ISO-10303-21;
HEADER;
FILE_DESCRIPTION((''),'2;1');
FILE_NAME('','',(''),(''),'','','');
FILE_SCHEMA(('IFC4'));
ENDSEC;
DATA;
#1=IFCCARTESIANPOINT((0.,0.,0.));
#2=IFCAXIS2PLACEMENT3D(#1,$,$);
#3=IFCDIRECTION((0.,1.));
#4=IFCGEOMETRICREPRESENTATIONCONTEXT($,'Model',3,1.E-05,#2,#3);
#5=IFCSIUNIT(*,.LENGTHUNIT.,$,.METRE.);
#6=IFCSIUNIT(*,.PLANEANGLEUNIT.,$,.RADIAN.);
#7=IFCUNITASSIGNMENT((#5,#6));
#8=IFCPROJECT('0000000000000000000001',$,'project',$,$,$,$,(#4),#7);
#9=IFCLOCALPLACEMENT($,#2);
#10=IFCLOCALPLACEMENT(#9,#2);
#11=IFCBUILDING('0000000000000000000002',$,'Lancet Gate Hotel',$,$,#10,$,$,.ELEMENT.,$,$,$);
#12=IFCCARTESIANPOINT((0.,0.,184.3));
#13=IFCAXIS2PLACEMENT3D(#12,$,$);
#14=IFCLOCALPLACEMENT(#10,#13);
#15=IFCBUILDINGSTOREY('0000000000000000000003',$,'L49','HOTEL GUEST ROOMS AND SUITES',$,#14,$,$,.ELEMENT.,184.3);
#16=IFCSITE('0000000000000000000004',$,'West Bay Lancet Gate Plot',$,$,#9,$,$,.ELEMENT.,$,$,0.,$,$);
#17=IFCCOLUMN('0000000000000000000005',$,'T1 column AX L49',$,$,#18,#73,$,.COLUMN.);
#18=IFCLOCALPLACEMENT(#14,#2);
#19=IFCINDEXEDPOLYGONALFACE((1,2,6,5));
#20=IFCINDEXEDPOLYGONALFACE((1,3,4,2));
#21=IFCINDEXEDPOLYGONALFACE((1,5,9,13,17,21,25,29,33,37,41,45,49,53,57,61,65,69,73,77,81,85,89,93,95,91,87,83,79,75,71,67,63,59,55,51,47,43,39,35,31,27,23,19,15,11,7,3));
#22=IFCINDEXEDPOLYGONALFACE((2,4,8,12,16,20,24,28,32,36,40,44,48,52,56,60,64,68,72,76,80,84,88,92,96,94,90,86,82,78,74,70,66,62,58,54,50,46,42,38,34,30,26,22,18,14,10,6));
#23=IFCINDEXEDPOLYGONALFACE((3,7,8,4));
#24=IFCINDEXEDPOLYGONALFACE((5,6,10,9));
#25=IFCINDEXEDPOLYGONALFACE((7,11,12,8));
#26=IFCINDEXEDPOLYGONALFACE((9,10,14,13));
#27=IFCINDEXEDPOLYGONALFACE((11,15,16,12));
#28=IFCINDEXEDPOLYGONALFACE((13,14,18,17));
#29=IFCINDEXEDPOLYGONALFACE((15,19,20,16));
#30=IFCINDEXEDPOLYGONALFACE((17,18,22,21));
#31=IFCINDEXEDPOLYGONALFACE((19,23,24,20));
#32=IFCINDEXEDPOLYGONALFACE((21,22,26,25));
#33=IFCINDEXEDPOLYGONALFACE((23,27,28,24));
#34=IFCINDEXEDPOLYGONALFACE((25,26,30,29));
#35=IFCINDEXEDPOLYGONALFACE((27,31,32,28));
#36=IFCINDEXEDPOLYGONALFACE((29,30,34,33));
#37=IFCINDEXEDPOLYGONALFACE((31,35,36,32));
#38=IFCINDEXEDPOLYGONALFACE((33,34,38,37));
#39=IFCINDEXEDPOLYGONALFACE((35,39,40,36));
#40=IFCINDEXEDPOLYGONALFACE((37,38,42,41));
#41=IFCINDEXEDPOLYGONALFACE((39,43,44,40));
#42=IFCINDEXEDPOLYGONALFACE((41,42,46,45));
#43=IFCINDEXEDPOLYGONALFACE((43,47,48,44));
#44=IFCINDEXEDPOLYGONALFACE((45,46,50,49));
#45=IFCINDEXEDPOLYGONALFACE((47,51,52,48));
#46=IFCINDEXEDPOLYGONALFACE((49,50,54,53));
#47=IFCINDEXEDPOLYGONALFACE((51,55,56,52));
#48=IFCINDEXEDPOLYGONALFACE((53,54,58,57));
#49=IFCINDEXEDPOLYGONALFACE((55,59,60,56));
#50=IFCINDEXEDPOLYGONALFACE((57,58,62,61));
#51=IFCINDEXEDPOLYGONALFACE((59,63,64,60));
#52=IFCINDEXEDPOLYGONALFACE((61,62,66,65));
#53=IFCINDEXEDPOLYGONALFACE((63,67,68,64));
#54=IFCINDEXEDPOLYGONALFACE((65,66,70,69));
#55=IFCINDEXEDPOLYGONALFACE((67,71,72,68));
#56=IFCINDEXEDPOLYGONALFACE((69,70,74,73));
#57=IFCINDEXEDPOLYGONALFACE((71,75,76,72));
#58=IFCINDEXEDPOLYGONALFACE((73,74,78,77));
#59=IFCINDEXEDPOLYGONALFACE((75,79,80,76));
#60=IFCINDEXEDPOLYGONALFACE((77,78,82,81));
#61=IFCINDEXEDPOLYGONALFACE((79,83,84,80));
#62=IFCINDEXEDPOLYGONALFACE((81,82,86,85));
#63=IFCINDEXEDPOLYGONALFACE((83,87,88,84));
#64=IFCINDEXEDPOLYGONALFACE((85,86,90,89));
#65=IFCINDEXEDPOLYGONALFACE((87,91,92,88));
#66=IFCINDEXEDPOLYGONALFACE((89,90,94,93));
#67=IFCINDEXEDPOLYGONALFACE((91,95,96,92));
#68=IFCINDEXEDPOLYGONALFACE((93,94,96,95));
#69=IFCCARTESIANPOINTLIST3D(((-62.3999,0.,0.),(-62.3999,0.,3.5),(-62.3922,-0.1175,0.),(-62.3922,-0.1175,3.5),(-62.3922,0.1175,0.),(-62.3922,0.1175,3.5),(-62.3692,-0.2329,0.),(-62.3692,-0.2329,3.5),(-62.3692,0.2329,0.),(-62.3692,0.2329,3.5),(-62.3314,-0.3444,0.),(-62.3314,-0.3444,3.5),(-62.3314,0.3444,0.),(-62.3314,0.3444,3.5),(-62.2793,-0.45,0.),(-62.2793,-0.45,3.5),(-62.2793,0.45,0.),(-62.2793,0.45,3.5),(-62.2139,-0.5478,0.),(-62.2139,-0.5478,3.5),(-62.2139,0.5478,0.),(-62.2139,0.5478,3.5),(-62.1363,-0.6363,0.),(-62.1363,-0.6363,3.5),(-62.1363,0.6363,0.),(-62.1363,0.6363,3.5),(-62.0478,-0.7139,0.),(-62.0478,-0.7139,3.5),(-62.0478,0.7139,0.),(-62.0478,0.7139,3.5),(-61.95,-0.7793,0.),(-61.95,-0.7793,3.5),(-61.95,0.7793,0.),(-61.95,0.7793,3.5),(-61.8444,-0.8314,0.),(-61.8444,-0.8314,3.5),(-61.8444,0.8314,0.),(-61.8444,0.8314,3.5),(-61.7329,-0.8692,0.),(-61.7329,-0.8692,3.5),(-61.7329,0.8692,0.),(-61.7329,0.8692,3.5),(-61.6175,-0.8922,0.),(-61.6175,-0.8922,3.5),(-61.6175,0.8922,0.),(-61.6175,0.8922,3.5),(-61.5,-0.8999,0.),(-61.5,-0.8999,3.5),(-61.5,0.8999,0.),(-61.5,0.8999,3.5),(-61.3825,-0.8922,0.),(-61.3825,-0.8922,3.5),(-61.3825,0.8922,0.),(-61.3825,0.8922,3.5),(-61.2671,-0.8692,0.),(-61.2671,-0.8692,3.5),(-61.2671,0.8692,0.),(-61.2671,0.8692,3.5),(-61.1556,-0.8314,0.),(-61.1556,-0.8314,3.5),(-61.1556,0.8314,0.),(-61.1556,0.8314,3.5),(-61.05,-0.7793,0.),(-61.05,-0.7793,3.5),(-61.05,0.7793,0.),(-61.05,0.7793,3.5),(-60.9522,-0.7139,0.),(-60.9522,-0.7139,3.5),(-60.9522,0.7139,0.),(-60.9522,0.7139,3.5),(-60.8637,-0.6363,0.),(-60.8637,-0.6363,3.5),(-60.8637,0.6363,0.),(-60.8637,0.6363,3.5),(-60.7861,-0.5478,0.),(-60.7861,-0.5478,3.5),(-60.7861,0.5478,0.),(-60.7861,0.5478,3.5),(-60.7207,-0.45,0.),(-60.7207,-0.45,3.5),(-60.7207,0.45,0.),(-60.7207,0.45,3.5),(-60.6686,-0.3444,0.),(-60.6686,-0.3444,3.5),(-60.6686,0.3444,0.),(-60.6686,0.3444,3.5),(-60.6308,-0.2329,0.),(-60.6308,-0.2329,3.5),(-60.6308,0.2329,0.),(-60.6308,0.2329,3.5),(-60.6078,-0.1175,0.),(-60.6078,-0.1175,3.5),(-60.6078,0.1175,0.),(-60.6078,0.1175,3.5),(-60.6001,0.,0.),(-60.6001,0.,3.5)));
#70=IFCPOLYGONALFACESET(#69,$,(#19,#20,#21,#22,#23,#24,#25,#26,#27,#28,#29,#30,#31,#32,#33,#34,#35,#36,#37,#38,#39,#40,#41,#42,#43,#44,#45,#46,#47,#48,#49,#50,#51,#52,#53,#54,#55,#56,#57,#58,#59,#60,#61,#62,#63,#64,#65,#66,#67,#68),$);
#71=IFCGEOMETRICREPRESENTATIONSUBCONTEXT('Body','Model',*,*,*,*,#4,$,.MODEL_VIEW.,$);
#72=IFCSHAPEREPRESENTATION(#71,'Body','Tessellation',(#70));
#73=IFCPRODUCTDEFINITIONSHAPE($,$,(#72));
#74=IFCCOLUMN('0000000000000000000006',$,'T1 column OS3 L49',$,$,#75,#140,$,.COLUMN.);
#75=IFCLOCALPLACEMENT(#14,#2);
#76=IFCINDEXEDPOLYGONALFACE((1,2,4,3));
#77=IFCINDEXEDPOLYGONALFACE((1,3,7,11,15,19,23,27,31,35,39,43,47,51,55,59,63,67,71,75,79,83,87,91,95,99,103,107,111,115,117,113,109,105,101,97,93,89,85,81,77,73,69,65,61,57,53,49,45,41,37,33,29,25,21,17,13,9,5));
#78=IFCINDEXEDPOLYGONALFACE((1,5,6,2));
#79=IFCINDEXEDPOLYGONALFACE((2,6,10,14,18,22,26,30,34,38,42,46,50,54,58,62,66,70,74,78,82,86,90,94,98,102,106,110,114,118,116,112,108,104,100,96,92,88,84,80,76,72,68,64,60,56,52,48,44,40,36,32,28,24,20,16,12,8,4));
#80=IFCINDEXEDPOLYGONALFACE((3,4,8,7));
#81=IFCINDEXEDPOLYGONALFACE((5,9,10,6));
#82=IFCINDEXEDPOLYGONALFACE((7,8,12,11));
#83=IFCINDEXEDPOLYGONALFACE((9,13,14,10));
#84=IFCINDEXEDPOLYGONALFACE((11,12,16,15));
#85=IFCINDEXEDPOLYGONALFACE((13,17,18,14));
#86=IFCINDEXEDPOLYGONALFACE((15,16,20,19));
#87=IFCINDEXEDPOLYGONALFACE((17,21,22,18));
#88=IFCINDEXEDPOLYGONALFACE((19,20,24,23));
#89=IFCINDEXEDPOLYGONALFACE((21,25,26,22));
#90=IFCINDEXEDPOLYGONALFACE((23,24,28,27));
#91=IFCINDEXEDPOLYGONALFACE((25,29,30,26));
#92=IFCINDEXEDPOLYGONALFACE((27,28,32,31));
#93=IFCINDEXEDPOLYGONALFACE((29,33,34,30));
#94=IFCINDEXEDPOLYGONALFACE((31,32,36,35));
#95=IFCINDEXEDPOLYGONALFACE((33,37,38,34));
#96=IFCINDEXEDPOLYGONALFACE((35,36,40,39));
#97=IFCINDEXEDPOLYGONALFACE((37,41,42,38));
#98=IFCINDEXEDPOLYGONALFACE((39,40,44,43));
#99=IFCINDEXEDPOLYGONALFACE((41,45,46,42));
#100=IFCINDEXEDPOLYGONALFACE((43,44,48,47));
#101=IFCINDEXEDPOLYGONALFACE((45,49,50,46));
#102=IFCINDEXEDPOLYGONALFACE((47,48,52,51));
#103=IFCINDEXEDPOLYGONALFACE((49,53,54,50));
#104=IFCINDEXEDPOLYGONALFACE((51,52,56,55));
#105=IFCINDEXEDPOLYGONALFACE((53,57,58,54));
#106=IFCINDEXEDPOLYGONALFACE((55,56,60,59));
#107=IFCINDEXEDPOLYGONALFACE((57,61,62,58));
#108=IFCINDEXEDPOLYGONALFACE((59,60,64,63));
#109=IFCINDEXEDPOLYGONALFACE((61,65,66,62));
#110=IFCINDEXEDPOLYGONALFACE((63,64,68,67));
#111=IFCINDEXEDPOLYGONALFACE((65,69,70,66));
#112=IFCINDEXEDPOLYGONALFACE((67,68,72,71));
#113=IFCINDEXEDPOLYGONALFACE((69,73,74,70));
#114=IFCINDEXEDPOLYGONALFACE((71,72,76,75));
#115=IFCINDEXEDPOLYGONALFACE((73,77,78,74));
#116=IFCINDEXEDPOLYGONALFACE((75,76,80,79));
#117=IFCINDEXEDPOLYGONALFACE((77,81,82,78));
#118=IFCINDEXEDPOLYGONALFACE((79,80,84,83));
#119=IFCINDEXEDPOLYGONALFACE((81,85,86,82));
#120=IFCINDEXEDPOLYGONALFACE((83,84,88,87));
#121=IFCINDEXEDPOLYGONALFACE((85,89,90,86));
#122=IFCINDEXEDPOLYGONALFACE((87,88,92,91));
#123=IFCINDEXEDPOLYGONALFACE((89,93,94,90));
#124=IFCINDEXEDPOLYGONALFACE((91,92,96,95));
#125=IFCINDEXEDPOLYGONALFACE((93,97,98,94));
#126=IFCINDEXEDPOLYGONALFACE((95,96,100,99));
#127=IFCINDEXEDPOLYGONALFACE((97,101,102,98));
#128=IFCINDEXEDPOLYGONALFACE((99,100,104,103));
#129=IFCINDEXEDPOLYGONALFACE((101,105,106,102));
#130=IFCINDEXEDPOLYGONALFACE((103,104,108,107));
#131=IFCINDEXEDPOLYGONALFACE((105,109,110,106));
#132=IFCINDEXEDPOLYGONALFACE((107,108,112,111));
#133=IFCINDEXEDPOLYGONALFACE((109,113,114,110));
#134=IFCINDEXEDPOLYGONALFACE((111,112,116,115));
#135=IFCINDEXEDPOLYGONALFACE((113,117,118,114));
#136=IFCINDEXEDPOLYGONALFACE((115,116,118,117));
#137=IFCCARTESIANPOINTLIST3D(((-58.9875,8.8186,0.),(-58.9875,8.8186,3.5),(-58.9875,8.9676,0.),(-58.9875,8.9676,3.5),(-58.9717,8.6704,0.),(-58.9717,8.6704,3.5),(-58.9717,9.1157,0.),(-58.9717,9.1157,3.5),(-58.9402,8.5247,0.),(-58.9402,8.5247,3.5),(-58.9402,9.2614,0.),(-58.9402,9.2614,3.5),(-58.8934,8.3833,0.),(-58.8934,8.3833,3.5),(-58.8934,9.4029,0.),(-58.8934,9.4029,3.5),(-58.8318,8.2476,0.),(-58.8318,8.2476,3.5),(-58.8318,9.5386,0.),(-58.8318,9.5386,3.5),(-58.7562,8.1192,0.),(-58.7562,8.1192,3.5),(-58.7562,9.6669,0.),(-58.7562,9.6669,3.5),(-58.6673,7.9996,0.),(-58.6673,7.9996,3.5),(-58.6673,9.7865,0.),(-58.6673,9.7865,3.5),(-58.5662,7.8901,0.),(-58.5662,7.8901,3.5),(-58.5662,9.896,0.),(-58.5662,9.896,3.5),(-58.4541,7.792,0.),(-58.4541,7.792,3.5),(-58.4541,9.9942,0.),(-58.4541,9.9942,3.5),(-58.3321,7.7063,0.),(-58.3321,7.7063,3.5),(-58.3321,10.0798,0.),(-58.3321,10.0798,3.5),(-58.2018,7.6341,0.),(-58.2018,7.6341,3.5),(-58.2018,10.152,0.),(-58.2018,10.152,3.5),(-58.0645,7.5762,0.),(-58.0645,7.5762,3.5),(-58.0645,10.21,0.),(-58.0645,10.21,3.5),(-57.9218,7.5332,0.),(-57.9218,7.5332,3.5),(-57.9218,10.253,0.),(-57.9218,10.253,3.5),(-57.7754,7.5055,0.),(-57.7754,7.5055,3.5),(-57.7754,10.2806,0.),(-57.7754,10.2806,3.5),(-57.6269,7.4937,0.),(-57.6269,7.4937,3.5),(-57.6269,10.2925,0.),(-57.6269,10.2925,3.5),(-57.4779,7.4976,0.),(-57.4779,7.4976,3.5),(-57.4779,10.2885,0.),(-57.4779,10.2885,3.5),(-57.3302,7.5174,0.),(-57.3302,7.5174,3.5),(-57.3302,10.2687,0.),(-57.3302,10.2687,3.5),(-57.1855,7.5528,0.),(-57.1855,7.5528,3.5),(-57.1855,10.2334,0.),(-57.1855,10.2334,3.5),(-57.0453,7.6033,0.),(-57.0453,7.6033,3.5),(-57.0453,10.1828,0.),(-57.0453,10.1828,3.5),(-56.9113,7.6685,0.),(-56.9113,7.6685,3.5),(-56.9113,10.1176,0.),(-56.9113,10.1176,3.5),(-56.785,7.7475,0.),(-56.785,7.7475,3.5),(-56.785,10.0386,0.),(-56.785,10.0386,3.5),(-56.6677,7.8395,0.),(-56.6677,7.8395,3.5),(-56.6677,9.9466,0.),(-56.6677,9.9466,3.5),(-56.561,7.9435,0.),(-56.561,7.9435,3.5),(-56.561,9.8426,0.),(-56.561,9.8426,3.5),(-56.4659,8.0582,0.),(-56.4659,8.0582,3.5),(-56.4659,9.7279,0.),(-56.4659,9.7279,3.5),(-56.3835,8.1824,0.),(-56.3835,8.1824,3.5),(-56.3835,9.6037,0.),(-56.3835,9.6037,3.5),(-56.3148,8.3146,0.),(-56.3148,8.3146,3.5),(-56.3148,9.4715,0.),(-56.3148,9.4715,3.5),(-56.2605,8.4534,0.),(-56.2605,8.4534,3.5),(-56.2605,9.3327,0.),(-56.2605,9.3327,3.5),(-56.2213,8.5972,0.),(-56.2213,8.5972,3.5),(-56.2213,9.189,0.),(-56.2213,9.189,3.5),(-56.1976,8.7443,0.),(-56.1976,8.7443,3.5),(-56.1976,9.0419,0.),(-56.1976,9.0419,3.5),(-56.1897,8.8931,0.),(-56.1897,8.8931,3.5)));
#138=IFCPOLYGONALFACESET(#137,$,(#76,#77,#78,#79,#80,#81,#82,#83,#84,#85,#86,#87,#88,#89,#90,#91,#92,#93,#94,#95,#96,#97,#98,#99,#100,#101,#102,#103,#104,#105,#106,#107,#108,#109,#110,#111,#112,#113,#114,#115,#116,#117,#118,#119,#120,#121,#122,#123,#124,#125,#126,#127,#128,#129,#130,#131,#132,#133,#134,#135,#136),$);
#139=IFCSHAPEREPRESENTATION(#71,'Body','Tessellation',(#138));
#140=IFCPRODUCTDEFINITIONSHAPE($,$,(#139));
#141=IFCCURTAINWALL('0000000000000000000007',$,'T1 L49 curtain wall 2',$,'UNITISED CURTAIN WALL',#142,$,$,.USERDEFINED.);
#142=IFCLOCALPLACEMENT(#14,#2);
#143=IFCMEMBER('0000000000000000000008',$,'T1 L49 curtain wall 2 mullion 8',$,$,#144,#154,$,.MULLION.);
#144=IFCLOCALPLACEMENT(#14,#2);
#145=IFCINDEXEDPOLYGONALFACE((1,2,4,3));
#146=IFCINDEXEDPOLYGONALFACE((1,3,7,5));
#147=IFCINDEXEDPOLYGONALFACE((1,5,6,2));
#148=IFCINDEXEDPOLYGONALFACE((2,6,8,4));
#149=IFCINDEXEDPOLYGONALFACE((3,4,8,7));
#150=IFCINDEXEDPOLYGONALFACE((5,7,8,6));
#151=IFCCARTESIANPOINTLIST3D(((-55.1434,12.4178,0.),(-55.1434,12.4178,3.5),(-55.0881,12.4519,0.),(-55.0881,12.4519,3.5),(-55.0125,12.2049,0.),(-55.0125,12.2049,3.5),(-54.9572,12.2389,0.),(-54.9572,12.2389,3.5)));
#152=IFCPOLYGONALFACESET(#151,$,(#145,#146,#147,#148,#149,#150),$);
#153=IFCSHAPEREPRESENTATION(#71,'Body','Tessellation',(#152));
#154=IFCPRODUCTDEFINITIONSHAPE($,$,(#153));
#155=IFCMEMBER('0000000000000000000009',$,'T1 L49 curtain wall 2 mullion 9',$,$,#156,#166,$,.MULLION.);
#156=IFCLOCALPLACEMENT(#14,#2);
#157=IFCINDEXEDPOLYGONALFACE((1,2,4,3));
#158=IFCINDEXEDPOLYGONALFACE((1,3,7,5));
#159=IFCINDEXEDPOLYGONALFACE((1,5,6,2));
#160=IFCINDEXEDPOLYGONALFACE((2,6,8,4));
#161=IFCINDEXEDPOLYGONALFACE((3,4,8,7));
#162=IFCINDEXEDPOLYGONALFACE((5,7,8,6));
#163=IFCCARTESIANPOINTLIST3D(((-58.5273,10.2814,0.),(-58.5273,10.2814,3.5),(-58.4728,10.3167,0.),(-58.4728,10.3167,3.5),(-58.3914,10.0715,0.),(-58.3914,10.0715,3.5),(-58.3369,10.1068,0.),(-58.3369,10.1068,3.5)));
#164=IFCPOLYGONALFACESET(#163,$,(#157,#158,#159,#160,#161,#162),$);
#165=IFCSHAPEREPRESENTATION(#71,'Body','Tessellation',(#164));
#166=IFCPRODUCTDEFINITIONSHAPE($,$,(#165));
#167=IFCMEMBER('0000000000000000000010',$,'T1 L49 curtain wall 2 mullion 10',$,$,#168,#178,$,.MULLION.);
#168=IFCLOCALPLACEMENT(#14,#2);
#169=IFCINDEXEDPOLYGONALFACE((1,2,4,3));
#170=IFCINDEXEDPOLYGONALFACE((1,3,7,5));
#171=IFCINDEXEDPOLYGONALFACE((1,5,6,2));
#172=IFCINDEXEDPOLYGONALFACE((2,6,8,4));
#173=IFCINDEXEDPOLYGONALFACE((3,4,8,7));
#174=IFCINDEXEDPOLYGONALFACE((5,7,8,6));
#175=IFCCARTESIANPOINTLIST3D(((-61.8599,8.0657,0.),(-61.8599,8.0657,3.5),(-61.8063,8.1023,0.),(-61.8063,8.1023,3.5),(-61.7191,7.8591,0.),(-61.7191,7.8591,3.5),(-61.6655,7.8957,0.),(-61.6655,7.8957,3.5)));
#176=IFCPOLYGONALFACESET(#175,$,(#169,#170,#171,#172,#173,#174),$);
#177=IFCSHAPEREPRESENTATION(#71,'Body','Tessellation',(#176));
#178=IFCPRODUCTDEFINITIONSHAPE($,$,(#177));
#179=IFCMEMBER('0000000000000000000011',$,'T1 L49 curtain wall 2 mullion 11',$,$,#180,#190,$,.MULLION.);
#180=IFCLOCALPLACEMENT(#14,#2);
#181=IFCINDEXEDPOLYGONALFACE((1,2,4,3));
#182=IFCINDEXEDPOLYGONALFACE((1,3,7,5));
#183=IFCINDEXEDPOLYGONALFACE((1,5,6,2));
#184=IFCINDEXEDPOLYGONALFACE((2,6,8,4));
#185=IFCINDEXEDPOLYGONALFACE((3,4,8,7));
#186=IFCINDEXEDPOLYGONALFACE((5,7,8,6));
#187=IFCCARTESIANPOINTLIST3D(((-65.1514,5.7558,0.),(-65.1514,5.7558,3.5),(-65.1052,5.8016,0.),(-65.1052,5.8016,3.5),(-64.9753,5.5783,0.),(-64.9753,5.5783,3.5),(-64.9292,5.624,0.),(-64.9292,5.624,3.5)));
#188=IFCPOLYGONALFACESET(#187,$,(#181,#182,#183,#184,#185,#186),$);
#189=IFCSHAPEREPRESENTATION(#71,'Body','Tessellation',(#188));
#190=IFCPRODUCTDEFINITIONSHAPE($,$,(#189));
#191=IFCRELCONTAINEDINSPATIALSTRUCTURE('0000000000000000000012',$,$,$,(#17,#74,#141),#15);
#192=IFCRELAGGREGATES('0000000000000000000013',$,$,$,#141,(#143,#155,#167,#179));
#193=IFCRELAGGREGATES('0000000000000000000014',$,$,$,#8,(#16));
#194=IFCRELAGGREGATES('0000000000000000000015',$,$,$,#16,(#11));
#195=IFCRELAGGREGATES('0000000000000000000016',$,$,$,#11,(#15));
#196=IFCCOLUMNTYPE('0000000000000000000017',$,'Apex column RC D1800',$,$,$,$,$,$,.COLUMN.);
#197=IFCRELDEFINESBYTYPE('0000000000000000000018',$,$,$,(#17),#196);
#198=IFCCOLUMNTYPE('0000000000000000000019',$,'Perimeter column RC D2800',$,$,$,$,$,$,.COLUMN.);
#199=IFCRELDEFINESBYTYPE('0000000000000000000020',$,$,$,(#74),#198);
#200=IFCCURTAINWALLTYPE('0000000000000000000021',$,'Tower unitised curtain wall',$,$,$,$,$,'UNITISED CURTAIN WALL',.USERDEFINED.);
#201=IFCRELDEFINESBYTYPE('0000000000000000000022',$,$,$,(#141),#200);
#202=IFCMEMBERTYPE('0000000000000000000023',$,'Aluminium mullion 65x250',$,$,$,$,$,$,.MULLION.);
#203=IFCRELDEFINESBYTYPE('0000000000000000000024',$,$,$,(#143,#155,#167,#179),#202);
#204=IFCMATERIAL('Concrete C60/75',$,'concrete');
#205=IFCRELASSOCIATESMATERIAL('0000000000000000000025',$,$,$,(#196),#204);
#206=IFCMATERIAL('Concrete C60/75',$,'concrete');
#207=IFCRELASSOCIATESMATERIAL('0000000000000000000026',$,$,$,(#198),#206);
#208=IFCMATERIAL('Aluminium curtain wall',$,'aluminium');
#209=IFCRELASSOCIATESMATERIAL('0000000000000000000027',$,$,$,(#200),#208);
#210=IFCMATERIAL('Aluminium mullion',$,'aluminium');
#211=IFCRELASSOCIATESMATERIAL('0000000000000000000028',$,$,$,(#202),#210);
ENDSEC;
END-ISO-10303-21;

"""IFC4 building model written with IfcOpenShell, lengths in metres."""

from ifc_helpers import new_model, si_unit, direction, frame, origin, origin_2d, place, context, subcontext, project, spatial, rectangle, circle, extrude, material, material_profile, profile_set, type_object, element, aggregate, save


model = new_model("IFC4")

# Units and contexts
model_context = context("Model", 3, precision=1e-05, world=origin(), true_north=direction((0.0, 1.0)))
body_context = subcontext(model_context, "Body", "Model", "MODEL_VIEW")
ifc_project = project(units=[si_unit("LENGTHUNIT", "METRE"), si_unit("PLANEANGLEUNIT", "RADIAN")], contexts=[model_context])

# Site, building, storey
site_placement = place(None, origin())
site = spatial("IfcSite", under=ifc_project, at=site_placement, Name="West Bay Lancet Gate Plot", CompositionType="ELEMENT", RefElevation=0.0)
building_placement = place(site_placement, origin())
building = spatial("IfcBuilding", under=site, at=building_placement, Name="Lancet Gate Hotel", CompositionType="ELEMENT")
storey_placement = place(building_placement, frame((0.0, 0.0, 184.3)))
storey = spatial("IfcBuildingStorey", under=building, at=storey_placement, Name="L49", Description="HOTEL GUEST ROOMS AND SUITES", CompositionType="ELEMENT", Elevation=184.3)

# Columns
ifc_material_1 = material(Name="Concrete C60/75", Category="concrete")
ifc_material_profile_1 = material_profile(ifc_material_1, circle(Radius=0.8999, at=origin_2d()), Name="RC D1800")
ifc_profile_set_1 = profile_set([ifc_material_profile_1], Name="Concrete C60/75")
column_type_1 = type_object("IfcColumnType", Name="Apex column RC D1800", PredefinedType="COLUMN", material=ifc_profile_set_1)
column_1_placement = place(storey_placement, frame((-61.5, 0.0, 0.0), z_axis=(0.0, 0.0, 1.0), x_axis=(1.0, 0.0, 0.0)))
element("IfcColumn", 1, at=column_1_placement, inside=storey, type_object=column_type_1, Name="T1 column AX L49", PredefinedType="COLUMN", context=body_context, shape_type="SweptSolid", body=[
    extrude(circle(Radius=0.8999, at=origin_2d()), origin(), (0.0, 0.0, 1.0), 3.5),
])
ifc_material_2 = material(Name="Concrete C60/75", Category="concrete")
ifc_material_profile_2 = material_profile(ifc_material_2, circle(Radius=1.3999, at=origin_2d()), Name="RC D2800")
ifc_profile_set_2 = profile_set([ifc_material_profile_2], Name="Concrete C60/75")
column_type_2 = type_object("IfcColumnType", Name="Perimeter column RC D2800", PredefinedType="COLUMN", material=ifc_profile_set_2)
column_2_placement = place(storey_placement, frame((-57.5896, 8.8931, 0.0), z_axis=(0.0, 0.0, 1.0), x_axis=(1.0, 0.0, 0.0)))
element("IfcColumn", 2, at=column_2_placement, inside=storey, type_object=column_type_2, Name="T1 column OS3 L49", PredefinedType="COLUMN", context=body_context, shape_type="SweptSolid", body=[
    extrude(circle(Radius=1.3999, at=origin_2d()), origin(), (0.0, 0.0, 1.0), 3.5),
])

# Curtain wall, members
ifc_material_3 = material(Name="Aluminium curtain wall", Category="aluminium")
curtain_wall_type = type_object("IfcCurtainWallType", Name="Tower unitised curtain wall", ElementType="UNITISED CURTAIN WALL", PredefinedType="USERDEFINED", material=ifc_material_3)
curtain_wall_placement = place(storey_placement, origin())
curtain_wall = element("IfcCurtainWall", 3, at=curtain_wall_placement, inside=storey, type_object=curtain_wall_type, Name="T1 L49 curtain wall 2", ObjectType="UNITISED CURTAIN WALL", PredefinedType="USERDEFINED")
ifc_material_4 = material(Name="Aluminium mullion", Category="aluminium")
ifc_material_profile_3 = material_profile(ifc_material_4, rectangle(XDim=0.0649, YDim=0.25, at=origin_2d()), Name="MULLION 65x250")
ifc_profile_set_3 = profile_set([ifc_material_profile_3], Name="Aluminium mullion")
member_type_1 = type_object("IfcMemberType", Name="Aluminium mullion 65x250", PredefinedType="MULLION", material=ifc_profile_set_3)
member_1_placement = place(storey_placement, frame((-55.0503, 12.3284, 0.0), z_axis=(0.0, 0.0, 1.0), x_axis=(-0.851886, -0.523728, 0.0)))
member_1 = element("IfcMember", 4, at=member_1_placement, type_object=member_type_1, Name="T1 L49 curtain wall 2 mullion 8", PredefinedType="MULLION", context=body_context, shape_type="SweptSolid", body=[
    extrude(rectangle(XDim=0.0649, YDim=0.25, at=origin_2d()), origin(), (0.0, 0.0, 1.0), 3.5),
])
member_2_placement = place(storey_placement, frame((-58.4321, 10.1941, 0.0), z_axis=(0.0, 0.0, 1.0), x_axis=(-0.839331, -0.543621, 0.0)))
member_2 = element("IfcMember", 5, at=member_2_placement, type_object=member_type_1, Name="T1 L49 curtain wall 2 mullion 9", PredefinedType="MULLION", context=body_context, shape_type="SweptSolid", body=[
    extrude(rectangle(XDim=0.0649, YDim=0.25, at=origin_2d()), origin(), (0.0, 0.0, 1.0), 3.5),
])
member_3_placement = place(storey_placement, frame((-61.7627, 7.9807, 0.0), z_axis=(0.0, 0.0, 1.0), x_axis=(-0.826312, -0.563212, 0.0)))
member_3 = element("IfcMember", 6, at=member_3_placement, type_object=member_type_1, Name="T1 L49 curtain wall 2 mullion 10", PredefinedType="MULLION", context=body_context, shape_type="SweptSolid", body=[
    extrude(rectangle(XDim=0.0649, YDim=0.25, at=origin_2d()), origin(), (0.0, 0.0, 1.0), 3.5),
])
member_4_placement = place(storey_placement, frame((-65.0403, 5.6899, 0.0), z_axis=(0.0, 0.0, 1.0), x_axis=(-0.710113, -0.704088, 0.0)))
member_4 = element("IfcMember", 7, at=member_4_placement, type_object=member_type_1, Name="T1 L49 curtain wall 2 mullion 11", PredefinedType="MULLION", context=body_context, shape_type="SweptSolid", body=[
    extrude(rectangle(XDim=0.0649, YDim=0.25, at=origin_2d()), origin(), (0.0, 0.0, 1.0), 3.5),
])

aggregate(curtain_wall, [member_1, member_2, member_3, member_4])

save(model, "model.ifc")
